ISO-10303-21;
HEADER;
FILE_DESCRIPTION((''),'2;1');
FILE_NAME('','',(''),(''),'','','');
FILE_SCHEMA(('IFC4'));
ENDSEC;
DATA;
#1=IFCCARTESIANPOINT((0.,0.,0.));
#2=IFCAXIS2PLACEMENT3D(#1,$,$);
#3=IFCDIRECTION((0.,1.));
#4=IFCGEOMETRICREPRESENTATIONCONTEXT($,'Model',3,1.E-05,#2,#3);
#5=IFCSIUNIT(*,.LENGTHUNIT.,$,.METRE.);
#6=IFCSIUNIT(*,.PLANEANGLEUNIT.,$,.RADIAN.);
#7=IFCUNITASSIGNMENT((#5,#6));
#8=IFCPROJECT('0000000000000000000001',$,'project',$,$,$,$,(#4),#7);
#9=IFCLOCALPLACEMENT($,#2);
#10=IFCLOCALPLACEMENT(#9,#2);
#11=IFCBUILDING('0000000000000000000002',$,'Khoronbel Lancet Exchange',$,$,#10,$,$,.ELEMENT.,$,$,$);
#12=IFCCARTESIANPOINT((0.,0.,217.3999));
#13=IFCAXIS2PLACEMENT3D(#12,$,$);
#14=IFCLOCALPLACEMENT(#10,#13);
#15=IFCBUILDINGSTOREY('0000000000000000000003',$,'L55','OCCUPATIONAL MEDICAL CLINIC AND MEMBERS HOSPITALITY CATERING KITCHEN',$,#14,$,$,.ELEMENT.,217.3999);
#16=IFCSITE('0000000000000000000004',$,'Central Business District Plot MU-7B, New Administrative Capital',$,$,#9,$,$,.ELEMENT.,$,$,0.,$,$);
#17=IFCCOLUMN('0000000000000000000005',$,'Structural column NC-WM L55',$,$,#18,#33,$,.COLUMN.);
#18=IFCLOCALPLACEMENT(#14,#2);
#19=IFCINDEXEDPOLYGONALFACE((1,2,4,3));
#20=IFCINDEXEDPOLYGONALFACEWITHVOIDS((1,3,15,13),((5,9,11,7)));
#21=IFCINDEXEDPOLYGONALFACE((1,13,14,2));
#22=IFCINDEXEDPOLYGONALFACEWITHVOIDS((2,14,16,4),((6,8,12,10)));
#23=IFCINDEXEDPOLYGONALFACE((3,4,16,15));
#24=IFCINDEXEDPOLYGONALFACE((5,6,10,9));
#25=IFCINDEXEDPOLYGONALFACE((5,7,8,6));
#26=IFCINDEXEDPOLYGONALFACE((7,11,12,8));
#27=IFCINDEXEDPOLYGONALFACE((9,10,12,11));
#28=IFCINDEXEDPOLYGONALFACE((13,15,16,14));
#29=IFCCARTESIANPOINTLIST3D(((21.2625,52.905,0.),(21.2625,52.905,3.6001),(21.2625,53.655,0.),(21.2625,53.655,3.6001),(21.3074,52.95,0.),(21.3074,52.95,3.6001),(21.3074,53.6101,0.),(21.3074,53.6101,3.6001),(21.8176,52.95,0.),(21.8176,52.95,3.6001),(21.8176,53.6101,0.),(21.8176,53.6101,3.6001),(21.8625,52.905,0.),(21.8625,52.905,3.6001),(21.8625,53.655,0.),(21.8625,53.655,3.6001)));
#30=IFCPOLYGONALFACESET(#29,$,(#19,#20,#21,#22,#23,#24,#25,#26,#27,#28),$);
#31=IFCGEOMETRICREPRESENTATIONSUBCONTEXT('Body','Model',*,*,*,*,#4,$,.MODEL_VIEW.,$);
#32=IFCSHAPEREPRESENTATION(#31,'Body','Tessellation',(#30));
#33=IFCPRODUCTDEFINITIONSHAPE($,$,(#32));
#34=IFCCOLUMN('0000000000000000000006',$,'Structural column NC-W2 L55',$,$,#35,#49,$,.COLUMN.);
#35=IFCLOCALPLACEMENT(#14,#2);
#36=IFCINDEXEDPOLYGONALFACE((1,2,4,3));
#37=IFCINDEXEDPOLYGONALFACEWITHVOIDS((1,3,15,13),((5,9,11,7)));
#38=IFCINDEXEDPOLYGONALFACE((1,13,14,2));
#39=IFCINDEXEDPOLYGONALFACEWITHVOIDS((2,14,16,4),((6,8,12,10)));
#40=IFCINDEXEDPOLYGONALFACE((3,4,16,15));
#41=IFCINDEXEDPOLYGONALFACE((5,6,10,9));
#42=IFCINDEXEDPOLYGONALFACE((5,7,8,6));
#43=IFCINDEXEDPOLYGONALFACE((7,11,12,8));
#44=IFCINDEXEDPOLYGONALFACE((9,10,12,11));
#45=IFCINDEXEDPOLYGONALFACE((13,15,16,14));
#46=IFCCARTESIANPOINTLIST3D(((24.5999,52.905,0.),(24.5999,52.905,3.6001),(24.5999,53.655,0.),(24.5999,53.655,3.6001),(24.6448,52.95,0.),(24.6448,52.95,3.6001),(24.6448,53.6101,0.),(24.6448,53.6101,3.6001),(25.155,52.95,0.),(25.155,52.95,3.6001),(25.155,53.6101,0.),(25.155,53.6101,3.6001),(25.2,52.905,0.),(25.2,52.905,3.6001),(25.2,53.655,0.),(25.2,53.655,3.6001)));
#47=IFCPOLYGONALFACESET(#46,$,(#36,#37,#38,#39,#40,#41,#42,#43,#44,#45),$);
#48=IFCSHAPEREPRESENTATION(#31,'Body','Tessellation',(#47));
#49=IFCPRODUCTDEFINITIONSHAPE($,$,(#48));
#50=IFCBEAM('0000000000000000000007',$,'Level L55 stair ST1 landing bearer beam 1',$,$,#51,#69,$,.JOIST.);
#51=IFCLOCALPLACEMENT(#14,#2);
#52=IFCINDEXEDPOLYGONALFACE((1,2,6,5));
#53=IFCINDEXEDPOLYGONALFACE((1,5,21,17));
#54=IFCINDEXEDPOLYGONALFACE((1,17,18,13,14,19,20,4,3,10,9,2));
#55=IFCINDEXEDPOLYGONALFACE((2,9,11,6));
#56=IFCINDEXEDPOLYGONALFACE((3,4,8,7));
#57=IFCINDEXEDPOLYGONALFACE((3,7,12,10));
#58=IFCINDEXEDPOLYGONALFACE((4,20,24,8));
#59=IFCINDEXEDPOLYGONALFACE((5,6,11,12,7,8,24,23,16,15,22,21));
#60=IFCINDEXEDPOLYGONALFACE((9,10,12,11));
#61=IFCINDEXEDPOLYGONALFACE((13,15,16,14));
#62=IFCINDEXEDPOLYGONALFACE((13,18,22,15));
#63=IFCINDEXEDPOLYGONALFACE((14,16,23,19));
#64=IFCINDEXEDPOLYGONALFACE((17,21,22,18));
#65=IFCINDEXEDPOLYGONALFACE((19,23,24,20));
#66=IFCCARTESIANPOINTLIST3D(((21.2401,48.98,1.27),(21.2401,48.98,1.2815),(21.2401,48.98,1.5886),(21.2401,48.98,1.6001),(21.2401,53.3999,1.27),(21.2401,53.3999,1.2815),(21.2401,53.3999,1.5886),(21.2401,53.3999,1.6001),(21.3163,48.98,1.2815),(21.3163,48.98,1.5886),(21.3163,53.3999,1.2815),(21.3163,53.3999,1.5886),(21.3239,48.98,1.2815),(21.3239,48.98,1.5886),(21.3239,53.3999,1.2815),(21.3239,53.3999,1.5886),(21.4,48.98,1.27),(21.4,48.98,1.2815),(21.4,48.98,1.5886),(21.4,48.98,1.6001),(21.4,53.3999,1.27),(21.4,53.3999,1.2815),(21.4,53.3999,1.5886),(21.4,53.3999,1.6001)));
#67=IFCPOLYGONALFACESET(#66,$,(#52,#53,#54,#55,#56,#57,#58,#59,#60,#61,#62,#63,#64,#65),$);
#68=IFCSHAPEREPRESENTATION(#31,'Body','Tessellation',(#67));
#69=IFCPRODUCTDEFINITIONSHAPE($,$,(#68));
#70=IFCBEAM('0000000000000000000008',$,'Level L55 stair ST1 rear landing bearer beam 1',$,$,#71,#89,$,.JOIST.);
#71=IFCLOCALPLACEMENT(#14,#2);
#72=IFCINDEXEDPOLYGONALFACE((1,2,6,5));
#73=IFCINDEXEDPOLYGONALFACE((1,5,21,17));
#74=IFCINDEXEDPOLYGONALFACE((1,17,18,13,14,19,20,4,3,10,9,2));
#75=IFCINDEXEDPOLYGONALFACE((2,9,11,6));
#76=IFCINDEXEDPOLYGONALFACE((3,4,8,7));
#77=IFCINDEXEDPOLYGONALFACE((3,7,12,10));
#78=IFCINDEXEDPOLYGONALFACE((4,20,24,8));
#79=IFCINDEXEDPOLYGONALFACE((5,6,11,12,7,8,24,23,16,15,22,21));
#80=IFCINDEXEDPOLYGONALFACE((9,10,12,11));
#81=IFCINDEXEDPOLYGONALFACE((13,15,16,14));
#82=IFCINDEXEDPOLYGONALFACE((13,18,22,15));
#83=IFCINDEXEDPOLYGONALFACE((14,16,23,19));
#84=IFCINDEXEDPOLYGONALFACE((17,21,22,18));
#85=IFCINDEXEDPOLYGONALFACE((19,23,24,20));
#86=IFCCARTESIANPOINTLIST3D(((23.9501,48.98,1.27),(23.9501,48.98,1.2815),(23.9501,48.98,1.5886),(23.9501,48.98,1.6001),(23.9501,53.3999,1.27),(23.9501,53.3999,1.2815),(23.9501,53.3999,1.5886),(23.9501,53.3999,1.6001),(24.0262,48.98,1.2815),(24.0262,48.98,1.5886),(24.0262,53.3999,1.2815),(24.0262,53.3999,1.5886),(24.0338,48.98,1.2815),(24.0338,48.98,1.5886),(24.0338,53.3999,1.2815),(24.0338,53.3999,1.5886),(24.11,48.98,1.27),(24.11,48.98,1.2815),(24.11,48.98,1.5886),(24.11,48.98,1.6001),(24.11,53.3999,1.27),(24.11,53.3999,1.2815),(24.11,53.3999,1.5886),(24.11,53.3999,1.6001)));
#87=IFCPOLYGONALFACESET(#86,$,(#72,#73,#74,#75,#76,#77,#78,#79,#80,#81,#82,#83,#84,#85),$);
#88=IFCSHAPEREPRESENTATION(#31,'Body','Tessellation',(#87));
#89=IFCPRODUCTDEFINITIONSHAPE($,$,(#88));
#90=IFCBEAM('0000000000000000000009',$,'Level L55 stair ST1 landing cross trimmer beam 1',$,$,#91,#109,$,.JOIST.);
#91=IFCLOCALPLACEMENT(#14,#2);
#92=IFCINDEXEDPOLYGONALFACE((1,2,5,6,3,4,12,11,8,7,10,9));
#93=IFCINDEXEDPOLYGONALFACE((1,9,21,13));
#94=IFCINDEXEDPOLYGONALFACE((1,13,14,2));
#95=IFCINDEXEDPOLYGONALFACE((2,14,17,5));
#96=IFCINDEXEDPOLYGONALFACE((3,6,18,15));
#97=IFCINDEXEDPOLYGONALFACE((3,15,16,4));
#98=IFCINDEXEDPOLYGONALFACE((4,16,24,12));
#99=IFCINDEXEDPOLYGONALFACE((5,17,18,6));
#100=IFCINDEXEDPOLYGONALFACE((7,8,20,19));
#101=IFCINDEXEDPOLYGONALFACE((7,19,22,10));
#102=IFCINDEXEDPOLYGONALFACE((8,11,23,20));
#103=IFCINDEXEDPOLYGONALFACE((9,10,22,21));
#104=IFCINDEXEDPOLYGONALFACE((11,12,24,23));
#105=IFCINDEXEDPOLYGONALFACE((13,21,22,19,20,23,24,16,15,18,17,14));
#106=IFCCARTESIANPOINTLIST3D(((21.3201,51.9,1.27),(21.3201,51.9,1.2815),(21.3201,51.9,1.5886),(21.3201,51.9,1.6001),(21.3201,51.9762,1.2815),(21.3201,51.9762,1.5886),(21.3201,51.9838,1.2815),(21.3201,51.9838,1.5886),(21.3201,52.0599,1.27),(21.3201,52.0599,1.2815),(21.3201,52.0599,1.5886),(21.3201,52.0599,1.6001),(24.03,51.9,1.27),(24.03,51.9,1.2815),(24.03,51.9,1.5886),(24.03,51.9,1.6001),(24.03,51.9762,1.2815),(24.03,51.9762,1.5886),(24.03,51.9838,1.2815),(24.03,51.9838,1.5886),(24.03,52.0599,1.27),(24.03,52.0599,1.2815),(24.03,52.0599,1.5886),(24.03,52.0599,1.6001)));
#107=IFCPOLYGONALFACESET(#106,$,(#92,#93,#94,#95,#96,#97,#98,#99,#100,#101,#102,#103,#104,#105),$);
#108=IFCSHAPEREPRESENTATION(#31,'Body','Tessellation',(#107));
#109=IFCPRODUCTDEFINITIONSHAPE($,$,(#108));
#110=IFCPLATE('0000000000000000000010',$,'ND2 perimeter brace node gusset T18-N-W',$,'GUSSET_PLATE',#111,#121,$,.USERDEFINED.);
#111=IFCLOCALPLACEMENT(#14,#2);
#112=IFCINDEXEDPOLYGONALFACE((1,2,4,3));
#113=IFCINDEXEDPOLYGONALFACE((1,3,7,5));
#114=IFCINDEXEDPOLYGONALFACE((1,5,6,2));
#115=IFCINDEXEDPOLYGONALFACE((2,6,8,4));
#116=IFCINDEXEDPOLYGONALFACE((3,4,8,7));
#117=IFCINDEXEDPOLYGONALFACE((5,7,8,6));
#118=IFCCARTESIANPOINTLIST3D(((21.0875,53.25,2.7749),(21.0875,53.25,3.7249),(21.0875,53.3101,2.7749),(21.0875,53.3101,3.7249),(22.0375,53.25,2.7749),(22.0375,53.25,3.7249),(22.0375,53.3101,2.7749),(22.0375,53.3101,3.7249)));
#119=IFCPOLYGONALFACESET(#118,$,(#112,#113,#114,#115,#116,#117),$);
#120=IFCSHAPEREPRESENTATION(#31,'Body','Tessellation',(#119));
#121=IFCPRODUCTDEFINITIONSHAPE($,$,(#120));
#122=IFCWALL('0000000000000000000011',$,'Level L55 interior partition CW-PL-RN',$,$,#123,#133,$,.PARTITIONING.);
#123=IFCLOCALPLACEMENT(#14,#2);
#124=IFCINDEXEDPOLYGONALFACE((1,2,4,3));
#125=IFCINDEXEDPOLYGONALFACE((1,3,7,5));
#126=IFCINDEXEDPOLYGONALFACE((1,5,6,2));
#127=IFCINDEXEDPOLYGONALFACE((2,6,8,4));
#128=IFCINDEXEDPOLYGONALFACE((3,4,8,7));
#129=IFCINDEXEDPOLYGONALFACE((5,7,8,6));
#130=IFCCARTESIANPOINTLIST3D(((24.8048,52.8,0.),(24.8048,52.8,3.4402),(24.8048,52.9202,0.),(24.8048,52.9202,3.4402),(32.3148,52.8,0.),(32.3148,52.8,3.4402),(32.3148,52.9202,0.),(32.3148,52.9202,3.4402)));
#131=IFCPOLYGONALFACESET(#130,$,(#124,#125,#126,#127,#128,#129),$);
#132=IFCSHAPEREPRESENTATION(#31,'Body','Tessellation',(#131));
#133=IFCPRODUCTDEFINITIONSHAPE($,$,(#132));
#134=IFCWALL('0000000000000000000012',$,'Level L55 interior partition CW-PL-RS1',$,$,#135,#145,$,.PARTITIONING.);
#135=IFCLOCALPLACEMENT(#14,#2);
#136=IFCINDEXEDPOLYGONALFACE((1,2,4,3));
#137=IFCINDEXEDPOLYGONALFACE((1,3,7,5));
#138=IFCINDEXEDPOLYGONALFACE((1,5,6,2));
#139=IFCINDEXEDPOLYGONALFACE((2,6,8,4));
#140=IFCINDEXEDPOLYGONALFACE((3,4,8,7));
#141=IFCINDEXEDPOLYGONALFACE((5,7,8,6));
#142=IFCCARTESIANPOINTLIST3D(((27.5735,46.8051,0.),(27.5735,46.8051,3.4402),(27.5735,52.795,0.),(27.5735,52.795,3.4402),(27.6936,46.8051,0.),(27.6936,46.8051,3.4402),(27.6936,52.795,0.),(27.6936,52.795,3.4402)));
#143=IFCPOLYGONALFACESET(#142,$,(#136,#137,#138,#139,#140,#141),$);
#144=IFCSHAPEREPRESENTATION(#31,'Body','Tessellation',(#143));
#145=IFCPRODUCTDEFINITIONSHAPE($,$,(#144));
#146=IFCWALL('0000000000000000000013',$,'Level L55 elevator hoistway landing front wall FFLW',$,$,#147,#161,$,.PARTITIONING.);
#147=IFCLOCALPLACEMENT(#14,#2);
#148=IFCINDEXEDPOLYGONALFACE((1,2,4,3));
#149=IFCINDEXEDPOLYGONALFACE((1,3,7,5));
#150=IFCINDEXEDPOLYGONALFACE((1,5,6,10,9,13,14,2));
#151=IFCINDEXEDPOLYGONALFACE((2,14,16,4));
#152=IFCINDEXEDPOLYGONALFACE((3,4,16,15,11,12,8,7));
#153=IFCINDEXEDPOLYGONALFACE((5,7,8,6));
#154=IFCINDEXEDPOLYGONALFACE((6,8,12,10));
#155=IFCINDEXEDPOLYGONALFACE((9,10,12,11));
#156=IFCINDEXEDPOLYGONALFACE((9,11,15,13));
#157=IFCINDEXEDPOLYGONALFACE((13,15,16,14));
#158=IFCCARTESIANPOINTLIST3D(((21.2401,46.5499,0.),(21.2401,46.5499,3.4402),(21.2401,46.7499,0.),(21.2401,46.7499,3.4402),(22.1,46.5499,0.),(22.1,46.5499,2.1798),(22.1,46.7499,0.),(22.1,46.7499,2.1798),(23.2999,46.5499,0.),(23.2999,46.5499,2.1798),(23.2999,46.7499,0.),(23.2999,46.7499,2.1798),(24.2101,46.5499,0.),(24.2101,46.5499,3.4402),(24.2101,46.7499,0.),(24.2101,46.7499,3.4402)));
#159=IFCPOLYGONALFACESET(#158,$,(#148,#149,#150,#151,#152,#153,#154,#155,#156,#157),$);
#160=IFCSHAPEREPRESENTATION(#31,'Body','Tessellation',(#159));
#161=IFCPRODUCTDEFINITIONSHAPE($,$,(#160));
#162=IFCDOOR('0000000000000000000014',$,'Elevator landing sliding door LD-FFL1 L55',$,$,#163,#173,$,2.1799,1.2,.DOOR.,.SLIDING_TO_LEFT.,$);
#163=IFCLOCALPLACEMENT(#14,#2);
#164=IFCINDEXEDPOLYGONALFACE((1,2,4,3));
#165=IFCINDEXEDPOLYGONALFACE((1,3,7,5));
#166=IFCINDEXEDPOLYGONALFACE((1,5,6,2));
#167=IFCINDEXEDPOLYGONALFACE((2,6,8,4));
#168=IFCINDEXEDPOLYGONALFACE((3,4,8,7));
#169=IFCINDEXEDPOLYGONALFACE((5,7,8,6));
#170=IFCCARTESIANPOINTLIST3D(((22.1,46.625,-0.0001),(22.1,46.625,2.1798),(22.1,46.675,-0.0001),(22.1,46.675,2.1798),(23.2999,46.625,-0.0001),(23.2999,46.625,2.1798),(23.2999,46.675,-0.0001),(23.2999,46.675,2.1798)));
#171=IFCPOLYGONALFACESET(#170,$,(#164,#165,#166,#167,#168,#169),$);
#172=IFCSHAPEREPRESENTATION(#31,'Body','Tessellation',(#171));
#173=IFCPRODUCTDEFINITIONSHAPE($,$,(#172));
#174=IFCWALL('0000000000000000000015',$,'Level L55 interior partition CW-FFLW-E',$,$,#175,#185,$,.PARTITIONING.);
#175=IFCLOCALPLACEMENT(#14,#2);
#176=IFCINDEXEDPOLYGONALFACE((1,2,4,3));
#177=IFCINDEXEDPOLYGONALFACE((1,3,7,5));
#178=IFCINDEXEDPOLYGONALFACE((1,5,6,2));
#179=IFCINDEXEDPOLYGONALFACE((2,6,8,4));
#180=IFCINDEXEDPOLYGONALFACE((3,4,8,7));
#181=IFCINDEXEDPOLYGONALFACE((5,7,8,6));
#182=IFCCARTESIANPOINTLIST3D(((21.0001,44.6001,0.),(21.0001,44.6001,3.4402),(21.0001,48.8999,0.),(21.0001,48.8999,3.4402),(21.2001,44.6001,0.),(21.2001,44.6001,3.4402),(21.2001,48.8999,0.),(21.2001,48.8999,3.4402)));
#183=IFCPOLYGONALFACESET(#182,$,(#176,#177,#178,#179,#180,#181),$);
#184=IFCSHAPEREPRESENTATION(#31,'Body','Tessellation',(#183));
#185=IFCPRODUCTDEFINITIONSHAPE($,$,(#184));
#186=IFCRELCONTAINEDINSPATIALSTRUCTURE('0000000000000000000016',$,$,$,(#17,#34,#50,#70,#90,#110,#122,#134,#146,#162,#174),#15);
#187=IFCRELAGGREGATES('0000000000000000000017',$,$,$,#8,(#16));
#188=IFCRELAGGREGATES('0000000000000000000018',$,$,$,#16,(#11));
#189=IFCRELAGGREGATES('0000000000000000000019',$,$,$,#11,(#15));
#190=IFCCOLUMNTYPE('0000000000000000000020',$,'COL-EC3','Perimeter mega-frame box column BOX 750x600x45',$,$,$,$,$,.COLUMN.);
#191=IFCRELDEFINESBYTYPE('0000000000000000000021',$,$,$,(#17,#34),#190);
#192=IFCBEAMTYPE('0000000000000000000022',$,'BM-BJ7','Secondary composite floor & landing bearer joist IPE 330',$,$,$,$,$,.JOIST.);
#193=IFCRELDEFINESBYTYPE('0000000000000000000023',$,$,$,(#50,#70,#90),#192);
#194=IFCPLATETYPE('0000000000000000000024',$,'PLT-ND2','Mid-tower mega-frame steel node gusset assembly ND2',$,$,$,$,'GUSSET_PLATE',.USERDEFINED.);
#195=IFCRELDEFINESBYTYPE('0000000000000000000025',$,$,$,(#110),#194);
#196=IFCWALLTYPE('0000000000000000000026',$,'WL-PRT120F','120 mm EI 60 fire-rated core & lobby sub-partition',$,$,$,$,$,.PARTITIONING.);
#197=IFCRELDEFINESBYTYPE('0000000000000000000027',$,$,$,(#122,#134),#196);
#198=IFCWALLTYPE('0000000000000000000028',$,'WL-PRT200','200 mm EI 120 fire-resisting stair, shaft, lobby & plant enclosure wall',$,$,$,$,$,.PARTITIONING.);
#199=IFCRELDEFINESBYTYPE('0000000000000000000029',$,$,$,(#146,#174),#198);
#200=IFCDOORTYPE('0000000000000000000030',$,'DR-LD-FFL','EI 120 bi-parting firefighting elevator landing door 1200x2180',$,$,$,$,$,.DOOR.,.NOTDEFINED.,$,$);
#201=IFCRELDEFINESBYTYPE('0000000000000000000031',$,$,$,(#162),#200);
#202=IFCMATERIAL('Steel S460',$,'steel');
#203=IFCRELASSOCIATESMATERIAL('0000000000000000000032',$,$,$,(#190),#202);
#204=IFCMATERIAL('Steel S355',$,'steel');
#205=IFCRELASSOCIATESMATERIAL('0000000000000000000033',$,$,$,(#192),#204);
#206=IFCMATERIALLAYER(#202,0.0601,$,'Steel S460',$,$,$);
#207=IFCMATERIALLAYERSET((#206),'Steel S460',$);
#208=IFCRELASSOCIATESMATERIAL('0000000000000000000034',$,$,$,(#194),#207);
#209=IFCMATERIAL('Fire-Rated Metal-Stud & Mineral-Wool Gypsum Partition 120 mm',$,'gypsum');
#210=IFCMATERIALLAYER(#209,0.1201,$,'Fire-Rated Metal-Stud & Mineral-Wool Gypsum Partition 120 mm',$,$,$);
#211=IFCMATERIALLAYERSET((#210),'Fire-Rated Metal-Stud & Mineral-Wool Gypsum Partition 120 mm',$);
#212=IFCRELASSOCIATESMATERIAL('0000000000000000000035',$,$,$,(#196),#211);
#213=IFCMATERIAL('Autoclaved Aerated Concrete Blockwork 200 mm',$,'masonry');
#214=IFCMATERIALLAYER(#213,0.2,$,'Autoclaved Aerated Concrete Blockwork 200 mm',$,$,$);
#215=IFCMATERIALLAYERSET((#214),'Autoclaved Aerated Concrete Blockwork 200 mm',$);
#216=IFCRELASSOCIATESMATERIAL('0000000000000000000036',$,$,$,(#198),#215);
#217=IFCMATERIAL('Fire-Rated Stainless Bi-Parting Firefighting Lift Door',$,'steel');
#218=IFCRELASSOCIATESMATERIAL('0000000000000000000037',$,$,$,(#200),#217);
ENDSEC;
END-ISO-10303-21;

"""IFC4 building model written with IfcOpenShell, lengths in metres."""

from ifc_helpers import new_model, si_unit, direction, frame, frame_2d, origin, origin_2d, place, context, subcontext, project, spatial, rectangle, hollow_rectangle, i_section, extrude, material, layer, layer_set, material_profile, profile_set, type_object, element, fill, save


model = new_model("IFC4")

# Units and contexts
model_context = context("Model", 3, precision=1e-05, world=origin(), true_north=direction((0.0, 1.0)))
body_context = subcontext(model_context, "Body", "Model", "MODEL_VIEW")
ifc_project = project(units=[si_unit("LENGTHUNIT", "METRE"), si_unit("PLANEANGLEUNIT", "RADIAN")], contexts=[model_context])

# Site, building, storey
site_placement = place(None, origin())
site = spatial("IfcSite", under=ifc_project, at=site_placement, Name="Central Business District Plot MU-7B, New Administrative Capital", CompositionType="ELEMENT", RefElevation=0.0)
building_placement = place(site_placement, origin())
building = spatial("IfcBuilding", under=site, at=building_placement, Name="Khoronbel Lancet Exchange", CompositionType="ELEMENT")
storey_placement = place(building_placement, frame((0.0, 0.0, 217.3999)))
storey = spatial("IfcBuildingStorey", under=building, at=storey_placement, Name="L55", Description="OCCUPATIONAL MEDICAL CLINIC AND MEMBERS HOSPITALITY CATERING KITCHEN", CompositionType="ELEMENT", Elevation=217.3999)

# Columns
ifc_material_1 = material(Name="Steel S460", Category="steel")
ifc_material_profile_1 = material_profile(ifc_material_1, hollow_rectangle(XDim=0.6001, YDim=0.75, WallThickness=0.0449, at=origin_2d()), Name="BOX 750x600x45")
ifc_profile_set_1 = profile_set([ifc_material_profile_1], Name="Steel S460")
column_type = type_object("IfcColumnType", Name="COL-EC3", Description="Perimeter mega-frame box column BOX 750x600x45", PredefinedType="COLUMN", material=ifc_profile_set_1)
for number, where, z_axis, x_axis, name in (
    (1, (21.5625, 53.28, 0.0), (0.0, 0.0, 1.0), (1.0, 0.0, 0.0), "Structural column NC-WM L55"),
    (2, (24.8999, 53.28, 0.0), (0.0, 0.0, 1.0), (1.0, 0.0, 0.0), "Structural column NC-W2 L55"),
):
    element("IfcColumn", number, at=place(storey_placement, frame(where, z_axis=z_axis, x_axis=x_axis)), inside=storey, type_object=column_type, Name=name, PredefinedType="COLUMN", context=body_context, shape_type="SweptSolid", body=[
        extrude(hollow_rectangle(XDim=0.6001, YDim=0.75, WallThickness=0.0449, at=origin_2d()), origin(), (0.0, 0.0, 1.0), 3.6001),
    ])

# Beams
ifc_material_2 = material(Name="Steel S355", Category="steel")
ifc_material_profile_2 = material_profile(ifc_material_2, i_section(OverallWidth=0.1599, OverallDepth=0.3301, WebThickness=0.0076, FlangeThickness=0.0115, at=origin_2d()), Name="IPE 330")
ifc_profile_set_2 = profile_set([ifc_material_profile_2], Name="Steel S355")
beam_type = type_object("IfcBeamType", Name="BM-BJ7", Description="Secondary composite floor & landing bearer joist IPE 330", PredefinedType="JOIST", material=ifc_profile_set_2)
for number, where, z_axis, x_axis, name in (
    (3, (21.3201, 48.98, 1.4351), (0.0, 1.0, 0.0), (-1.0, 0.0, 0.0), "Level L55 stair ST1 landing bearer beam 1"),
    (4, (24.03, 48.98, 1.4351), (0.0, 1.0, 0.0), (-1.0, 0.0, 0.0), "Level L55 stair ST1 rear landing bearer beam 1"),
):
    element("IfcBeam", number, at=place(storey_placement, frame(where, z_axis=z_axis, x_axis=x_axis)), inside=storey, type_object=beam_type, Name=name, PredefinedType="JOIST", context=body_context, shape_type="SweptSolid", body=[
        extrude(i_section(OverallWidth=0.1599, OverallDepth=0.3301, WebThickness=0.0076, FlangeThickness=0.0115, at=origin_2d()), origin(), (0.0, 0.0, 1.0), 4.4199),
    ])
beam_placement = place(storey_placement, frame((21.3201, 51.98, 1.4351), z_axis=(1.0, 0.0, 0.0), x_axis=(0.0, 1.0, 0.0)))
element("IfcBeam", 5, at=beam_placement, inside=storey, type_object=beam_type, Name="Level L55 stair ST1 landing cross trimmer beam 1", PredefinedType="JOIST", context=body_context, shape_type="SweptSolid", body=[
    extrude(i_section(OverallWidth=0.1599, OverallDepth=0.3301, WebThickness=0.0076, FlangeThickness=0.0115, at=origin_2d()), origin(), (0.0, 0.0, 1.0), 2.71),
])

# Plate
ifc_layer_1 = layer(ifc_material_1, 0.0601, Name="Steel S460")
ifc_layer_set_1 = layer_set([ifc_layer_1], Name="Steel S460")
plate_type = type_object("IfcPlateType", Name="PLT-ND2", Description="Mid-tower mega-frame steel node gusset assembly ND2", ElementType="GUSSET_PLATE", PredefinedType="USERDEFINED", material=ifc_layer_set_1)
plate_placement = place(storey_placement, frame((21.5625, 53.28, 2.7749), z_axis=(0.0, 0.0, 1.0), x_axis=(1.0, 0.0, 0.0)))
element("IfcPlate", 6, at=plate_placement, inside=storey, type_object=plate_type, Name="ND2 perimeter brace node gusset T18-N-W", ObjectType="GUSSET_PLATE", PredefinedType="USERDEFINED", context=body_context, shape_type="SweptSolid", body=[
    extrude(rectangle(XDim=0.95, YDim=0.0601, at=origin_2d()), origin(), (0.0, 0.0, 1.0), 0.95),
])

# Walls
ifc_material_3 = material(Name="Fire-Rated Metal-Stud & Mineral-Wool Gypsum Partition 120 mm", Category="gypsum")
ifc_layer_2 = layer(ifc_material_3, 0.1201, Name="Fire-Rated Metal-Stud & Mineral-Wool Gypsum Partition 120 mm")
ifc_layer_set_2 = layer_set([ifc_layer_2], Name="Fire-Rated Metal-Stud & Mineral-Wool Gypsum Partition 120 mm")
wall_type_1 = type_object("IfcWallType", Name="WL-PRT120F", Description="120 mm EI 60 fire-rated core & lobby sub-partition", PredefinedType="PARTITIONING", material=ifc_layer_set_2)
wall_1_placement = place(storey_placement, frame((24.8049, 52.8601, 0.0), z_axis=(0.0, 0.0, 1.0), x_axis=(1.0, 0.0, 0.0)))
element("IfcWall", 7, at=wall_1_placement, inside=storey, type_object=wall_type_1, Name="Level L55 interior partition CW-PL-RN", PredefinedType="PARTITIONING", context=body_context, shape_type="SweptSolid", body=[
    extrude(rectangle(XDim=7.51, YDim=0.1201, at=frame_2d((3.7549, 0.0))), origin(), (0.0, 0.0, 1.0), 3.4402),
])
wall_2_placement = place(storey_placement, frame((27.6335, 46.8049, 0.0), z_axis=(0.0, 0.0, 1.0), x_axis=(0.0, 1.0, 0.0)))
element("IfcWall", 8, at=wall_2_placement, inside=storey, type_object=wall_type_1, Name="Level L55 interior partition CW-PL-RS1", PredefinedType="PARTITIONING", context=body_context, shape_type="SweptSolid", body=[
    extrude(rectangle(XDim=5.99, YDim=0.1201, at=frame_2d((2.9951, 0.0))), origin(), (0.0, 0.0, 1.0), 3.4402),
])

# Wall, opening, door
ifc_material_4 = material(Name="Autoclaved Aerated Concrete Blockwork 200 mm", Category="masonry")
ifc_layer_3 = layer(ifc_material_4, 0.2, Name="Autoclaved Aerated Concrete Blockwork 200 mm")
ifc_layer_set_3 = layer_set([ifc_layer_3], Name="Autoclaved Aerated Concrete Blockwork 200 mm")
wall_type_2 = type_object("IfcWallType", Name="WL-PRT200", Description="200 mm EI 120 fire-resisting stair, shaft, lobby & plant enclosure wall", PredefinedType="PARTITIONING", material=ifc_layer_set_3)
wall_3_placement = place(storey_placement, frame((24.21, 46.6499, 0.0), z_axis=(0.0, 0.0, 1.0), x_axis=(-1.0, 0.0, 0.0)))
wall_3 = element("IfcWall", 9, at=wall_3_placement, inside=storey, type_object=wall_type_2, Name="Level L55 elevator hoistway landing front wall FFLW", PredefinedType="PARTITIONING", context=body_context, shape_type="SweptSolid", body=[
    extrude(rectangle(XDim=2.97, YDim=0.2, at=frame_2d((1.4849, 0.0))), origin(), (0.0, 0.0, 1.0), 3.4402),
])
opening_1_placement = place(wall_3_placement, frame((0.9099, 0.0, 0.0)))
opening_1 = element("IfcOpeningElement", 10, at=opening_1_placement, cuts=wall_3, PredefinedType="OPENING", context=body_context, shape_type="SweptSolid", body=[
    extrude(rectangle(XDim=1.2, YDim=2.1799, at=frame_2d((0.6001, 1.0898))), frame((0.0, 0.1099, 0.0), z_axis=(0.0, -1.0, 0.0), x_axis=(1.0, 0.0, 0.0)), (0.0, 0.0, 1.0), 0.22),
])
ifc_material_5 = material(Name="Fire-Rated Stainless Bi-Parting Firefighting Lift Door", Category="steel")
door_type_1 = type_object("IfcDoorType", Name="DR-LD-FFL", Description="EI 120 bi-parting firefighting elevator landing door 1200x2180", OperationType="NOTDEFINED", PredefinedType="DOOR", material=ifc_material_5)
door_1_placement = place(opening_1_placement, origin())
door_1 = element("IfcDoor", 11, at=door_1_placement, inside=storey, type_object=door_type_1, Name="Elevator landing sliding door LD-FFL1 L55", OperationType="SLIDING_TO_LEFT", OverallHeight=2.1799, OverallWidth=1.2, PredefinedType="DOOR", context=body_context, shape_type="SweptSolid", body=[
    extrude(rectangle(XDim=1.2, YDim=2.1799, at=frame_2d((0.6001, 1.0898))), frame((0.0, 0.0249, 0.0), z_axis=(0.0, -1.0, 0.0), x_axis=(1.0, 0.0, 0.0)), (0.0, 0.0, 1.0), 0.05),
])
fill(opening_1, door_1)

# Wall
wall_4_placement = place(storey_placement, frame((21.1001, 44.6001, 0.0), z_axis=(0.0, 0.0, 1.0), x_axis=(0.0, 1.0, 0.0)))
element("IfcWall", 12, at=wall_4_placement, inside=storey, type_object=wall_type_2, Name="Level L55 interior partition CW-FFLW-E", PredefinedType="PARTITIONING", context=body_context, shape_type="SweptSolid", body=[
    extrude(rectangle(XDim=4.2998, YDim=0.2, at=frame_2d((2.1499, 0.0))), origin(), (0.0, 0.0, 1.0), 3.4402),
])

save(model, "model.ifc")
